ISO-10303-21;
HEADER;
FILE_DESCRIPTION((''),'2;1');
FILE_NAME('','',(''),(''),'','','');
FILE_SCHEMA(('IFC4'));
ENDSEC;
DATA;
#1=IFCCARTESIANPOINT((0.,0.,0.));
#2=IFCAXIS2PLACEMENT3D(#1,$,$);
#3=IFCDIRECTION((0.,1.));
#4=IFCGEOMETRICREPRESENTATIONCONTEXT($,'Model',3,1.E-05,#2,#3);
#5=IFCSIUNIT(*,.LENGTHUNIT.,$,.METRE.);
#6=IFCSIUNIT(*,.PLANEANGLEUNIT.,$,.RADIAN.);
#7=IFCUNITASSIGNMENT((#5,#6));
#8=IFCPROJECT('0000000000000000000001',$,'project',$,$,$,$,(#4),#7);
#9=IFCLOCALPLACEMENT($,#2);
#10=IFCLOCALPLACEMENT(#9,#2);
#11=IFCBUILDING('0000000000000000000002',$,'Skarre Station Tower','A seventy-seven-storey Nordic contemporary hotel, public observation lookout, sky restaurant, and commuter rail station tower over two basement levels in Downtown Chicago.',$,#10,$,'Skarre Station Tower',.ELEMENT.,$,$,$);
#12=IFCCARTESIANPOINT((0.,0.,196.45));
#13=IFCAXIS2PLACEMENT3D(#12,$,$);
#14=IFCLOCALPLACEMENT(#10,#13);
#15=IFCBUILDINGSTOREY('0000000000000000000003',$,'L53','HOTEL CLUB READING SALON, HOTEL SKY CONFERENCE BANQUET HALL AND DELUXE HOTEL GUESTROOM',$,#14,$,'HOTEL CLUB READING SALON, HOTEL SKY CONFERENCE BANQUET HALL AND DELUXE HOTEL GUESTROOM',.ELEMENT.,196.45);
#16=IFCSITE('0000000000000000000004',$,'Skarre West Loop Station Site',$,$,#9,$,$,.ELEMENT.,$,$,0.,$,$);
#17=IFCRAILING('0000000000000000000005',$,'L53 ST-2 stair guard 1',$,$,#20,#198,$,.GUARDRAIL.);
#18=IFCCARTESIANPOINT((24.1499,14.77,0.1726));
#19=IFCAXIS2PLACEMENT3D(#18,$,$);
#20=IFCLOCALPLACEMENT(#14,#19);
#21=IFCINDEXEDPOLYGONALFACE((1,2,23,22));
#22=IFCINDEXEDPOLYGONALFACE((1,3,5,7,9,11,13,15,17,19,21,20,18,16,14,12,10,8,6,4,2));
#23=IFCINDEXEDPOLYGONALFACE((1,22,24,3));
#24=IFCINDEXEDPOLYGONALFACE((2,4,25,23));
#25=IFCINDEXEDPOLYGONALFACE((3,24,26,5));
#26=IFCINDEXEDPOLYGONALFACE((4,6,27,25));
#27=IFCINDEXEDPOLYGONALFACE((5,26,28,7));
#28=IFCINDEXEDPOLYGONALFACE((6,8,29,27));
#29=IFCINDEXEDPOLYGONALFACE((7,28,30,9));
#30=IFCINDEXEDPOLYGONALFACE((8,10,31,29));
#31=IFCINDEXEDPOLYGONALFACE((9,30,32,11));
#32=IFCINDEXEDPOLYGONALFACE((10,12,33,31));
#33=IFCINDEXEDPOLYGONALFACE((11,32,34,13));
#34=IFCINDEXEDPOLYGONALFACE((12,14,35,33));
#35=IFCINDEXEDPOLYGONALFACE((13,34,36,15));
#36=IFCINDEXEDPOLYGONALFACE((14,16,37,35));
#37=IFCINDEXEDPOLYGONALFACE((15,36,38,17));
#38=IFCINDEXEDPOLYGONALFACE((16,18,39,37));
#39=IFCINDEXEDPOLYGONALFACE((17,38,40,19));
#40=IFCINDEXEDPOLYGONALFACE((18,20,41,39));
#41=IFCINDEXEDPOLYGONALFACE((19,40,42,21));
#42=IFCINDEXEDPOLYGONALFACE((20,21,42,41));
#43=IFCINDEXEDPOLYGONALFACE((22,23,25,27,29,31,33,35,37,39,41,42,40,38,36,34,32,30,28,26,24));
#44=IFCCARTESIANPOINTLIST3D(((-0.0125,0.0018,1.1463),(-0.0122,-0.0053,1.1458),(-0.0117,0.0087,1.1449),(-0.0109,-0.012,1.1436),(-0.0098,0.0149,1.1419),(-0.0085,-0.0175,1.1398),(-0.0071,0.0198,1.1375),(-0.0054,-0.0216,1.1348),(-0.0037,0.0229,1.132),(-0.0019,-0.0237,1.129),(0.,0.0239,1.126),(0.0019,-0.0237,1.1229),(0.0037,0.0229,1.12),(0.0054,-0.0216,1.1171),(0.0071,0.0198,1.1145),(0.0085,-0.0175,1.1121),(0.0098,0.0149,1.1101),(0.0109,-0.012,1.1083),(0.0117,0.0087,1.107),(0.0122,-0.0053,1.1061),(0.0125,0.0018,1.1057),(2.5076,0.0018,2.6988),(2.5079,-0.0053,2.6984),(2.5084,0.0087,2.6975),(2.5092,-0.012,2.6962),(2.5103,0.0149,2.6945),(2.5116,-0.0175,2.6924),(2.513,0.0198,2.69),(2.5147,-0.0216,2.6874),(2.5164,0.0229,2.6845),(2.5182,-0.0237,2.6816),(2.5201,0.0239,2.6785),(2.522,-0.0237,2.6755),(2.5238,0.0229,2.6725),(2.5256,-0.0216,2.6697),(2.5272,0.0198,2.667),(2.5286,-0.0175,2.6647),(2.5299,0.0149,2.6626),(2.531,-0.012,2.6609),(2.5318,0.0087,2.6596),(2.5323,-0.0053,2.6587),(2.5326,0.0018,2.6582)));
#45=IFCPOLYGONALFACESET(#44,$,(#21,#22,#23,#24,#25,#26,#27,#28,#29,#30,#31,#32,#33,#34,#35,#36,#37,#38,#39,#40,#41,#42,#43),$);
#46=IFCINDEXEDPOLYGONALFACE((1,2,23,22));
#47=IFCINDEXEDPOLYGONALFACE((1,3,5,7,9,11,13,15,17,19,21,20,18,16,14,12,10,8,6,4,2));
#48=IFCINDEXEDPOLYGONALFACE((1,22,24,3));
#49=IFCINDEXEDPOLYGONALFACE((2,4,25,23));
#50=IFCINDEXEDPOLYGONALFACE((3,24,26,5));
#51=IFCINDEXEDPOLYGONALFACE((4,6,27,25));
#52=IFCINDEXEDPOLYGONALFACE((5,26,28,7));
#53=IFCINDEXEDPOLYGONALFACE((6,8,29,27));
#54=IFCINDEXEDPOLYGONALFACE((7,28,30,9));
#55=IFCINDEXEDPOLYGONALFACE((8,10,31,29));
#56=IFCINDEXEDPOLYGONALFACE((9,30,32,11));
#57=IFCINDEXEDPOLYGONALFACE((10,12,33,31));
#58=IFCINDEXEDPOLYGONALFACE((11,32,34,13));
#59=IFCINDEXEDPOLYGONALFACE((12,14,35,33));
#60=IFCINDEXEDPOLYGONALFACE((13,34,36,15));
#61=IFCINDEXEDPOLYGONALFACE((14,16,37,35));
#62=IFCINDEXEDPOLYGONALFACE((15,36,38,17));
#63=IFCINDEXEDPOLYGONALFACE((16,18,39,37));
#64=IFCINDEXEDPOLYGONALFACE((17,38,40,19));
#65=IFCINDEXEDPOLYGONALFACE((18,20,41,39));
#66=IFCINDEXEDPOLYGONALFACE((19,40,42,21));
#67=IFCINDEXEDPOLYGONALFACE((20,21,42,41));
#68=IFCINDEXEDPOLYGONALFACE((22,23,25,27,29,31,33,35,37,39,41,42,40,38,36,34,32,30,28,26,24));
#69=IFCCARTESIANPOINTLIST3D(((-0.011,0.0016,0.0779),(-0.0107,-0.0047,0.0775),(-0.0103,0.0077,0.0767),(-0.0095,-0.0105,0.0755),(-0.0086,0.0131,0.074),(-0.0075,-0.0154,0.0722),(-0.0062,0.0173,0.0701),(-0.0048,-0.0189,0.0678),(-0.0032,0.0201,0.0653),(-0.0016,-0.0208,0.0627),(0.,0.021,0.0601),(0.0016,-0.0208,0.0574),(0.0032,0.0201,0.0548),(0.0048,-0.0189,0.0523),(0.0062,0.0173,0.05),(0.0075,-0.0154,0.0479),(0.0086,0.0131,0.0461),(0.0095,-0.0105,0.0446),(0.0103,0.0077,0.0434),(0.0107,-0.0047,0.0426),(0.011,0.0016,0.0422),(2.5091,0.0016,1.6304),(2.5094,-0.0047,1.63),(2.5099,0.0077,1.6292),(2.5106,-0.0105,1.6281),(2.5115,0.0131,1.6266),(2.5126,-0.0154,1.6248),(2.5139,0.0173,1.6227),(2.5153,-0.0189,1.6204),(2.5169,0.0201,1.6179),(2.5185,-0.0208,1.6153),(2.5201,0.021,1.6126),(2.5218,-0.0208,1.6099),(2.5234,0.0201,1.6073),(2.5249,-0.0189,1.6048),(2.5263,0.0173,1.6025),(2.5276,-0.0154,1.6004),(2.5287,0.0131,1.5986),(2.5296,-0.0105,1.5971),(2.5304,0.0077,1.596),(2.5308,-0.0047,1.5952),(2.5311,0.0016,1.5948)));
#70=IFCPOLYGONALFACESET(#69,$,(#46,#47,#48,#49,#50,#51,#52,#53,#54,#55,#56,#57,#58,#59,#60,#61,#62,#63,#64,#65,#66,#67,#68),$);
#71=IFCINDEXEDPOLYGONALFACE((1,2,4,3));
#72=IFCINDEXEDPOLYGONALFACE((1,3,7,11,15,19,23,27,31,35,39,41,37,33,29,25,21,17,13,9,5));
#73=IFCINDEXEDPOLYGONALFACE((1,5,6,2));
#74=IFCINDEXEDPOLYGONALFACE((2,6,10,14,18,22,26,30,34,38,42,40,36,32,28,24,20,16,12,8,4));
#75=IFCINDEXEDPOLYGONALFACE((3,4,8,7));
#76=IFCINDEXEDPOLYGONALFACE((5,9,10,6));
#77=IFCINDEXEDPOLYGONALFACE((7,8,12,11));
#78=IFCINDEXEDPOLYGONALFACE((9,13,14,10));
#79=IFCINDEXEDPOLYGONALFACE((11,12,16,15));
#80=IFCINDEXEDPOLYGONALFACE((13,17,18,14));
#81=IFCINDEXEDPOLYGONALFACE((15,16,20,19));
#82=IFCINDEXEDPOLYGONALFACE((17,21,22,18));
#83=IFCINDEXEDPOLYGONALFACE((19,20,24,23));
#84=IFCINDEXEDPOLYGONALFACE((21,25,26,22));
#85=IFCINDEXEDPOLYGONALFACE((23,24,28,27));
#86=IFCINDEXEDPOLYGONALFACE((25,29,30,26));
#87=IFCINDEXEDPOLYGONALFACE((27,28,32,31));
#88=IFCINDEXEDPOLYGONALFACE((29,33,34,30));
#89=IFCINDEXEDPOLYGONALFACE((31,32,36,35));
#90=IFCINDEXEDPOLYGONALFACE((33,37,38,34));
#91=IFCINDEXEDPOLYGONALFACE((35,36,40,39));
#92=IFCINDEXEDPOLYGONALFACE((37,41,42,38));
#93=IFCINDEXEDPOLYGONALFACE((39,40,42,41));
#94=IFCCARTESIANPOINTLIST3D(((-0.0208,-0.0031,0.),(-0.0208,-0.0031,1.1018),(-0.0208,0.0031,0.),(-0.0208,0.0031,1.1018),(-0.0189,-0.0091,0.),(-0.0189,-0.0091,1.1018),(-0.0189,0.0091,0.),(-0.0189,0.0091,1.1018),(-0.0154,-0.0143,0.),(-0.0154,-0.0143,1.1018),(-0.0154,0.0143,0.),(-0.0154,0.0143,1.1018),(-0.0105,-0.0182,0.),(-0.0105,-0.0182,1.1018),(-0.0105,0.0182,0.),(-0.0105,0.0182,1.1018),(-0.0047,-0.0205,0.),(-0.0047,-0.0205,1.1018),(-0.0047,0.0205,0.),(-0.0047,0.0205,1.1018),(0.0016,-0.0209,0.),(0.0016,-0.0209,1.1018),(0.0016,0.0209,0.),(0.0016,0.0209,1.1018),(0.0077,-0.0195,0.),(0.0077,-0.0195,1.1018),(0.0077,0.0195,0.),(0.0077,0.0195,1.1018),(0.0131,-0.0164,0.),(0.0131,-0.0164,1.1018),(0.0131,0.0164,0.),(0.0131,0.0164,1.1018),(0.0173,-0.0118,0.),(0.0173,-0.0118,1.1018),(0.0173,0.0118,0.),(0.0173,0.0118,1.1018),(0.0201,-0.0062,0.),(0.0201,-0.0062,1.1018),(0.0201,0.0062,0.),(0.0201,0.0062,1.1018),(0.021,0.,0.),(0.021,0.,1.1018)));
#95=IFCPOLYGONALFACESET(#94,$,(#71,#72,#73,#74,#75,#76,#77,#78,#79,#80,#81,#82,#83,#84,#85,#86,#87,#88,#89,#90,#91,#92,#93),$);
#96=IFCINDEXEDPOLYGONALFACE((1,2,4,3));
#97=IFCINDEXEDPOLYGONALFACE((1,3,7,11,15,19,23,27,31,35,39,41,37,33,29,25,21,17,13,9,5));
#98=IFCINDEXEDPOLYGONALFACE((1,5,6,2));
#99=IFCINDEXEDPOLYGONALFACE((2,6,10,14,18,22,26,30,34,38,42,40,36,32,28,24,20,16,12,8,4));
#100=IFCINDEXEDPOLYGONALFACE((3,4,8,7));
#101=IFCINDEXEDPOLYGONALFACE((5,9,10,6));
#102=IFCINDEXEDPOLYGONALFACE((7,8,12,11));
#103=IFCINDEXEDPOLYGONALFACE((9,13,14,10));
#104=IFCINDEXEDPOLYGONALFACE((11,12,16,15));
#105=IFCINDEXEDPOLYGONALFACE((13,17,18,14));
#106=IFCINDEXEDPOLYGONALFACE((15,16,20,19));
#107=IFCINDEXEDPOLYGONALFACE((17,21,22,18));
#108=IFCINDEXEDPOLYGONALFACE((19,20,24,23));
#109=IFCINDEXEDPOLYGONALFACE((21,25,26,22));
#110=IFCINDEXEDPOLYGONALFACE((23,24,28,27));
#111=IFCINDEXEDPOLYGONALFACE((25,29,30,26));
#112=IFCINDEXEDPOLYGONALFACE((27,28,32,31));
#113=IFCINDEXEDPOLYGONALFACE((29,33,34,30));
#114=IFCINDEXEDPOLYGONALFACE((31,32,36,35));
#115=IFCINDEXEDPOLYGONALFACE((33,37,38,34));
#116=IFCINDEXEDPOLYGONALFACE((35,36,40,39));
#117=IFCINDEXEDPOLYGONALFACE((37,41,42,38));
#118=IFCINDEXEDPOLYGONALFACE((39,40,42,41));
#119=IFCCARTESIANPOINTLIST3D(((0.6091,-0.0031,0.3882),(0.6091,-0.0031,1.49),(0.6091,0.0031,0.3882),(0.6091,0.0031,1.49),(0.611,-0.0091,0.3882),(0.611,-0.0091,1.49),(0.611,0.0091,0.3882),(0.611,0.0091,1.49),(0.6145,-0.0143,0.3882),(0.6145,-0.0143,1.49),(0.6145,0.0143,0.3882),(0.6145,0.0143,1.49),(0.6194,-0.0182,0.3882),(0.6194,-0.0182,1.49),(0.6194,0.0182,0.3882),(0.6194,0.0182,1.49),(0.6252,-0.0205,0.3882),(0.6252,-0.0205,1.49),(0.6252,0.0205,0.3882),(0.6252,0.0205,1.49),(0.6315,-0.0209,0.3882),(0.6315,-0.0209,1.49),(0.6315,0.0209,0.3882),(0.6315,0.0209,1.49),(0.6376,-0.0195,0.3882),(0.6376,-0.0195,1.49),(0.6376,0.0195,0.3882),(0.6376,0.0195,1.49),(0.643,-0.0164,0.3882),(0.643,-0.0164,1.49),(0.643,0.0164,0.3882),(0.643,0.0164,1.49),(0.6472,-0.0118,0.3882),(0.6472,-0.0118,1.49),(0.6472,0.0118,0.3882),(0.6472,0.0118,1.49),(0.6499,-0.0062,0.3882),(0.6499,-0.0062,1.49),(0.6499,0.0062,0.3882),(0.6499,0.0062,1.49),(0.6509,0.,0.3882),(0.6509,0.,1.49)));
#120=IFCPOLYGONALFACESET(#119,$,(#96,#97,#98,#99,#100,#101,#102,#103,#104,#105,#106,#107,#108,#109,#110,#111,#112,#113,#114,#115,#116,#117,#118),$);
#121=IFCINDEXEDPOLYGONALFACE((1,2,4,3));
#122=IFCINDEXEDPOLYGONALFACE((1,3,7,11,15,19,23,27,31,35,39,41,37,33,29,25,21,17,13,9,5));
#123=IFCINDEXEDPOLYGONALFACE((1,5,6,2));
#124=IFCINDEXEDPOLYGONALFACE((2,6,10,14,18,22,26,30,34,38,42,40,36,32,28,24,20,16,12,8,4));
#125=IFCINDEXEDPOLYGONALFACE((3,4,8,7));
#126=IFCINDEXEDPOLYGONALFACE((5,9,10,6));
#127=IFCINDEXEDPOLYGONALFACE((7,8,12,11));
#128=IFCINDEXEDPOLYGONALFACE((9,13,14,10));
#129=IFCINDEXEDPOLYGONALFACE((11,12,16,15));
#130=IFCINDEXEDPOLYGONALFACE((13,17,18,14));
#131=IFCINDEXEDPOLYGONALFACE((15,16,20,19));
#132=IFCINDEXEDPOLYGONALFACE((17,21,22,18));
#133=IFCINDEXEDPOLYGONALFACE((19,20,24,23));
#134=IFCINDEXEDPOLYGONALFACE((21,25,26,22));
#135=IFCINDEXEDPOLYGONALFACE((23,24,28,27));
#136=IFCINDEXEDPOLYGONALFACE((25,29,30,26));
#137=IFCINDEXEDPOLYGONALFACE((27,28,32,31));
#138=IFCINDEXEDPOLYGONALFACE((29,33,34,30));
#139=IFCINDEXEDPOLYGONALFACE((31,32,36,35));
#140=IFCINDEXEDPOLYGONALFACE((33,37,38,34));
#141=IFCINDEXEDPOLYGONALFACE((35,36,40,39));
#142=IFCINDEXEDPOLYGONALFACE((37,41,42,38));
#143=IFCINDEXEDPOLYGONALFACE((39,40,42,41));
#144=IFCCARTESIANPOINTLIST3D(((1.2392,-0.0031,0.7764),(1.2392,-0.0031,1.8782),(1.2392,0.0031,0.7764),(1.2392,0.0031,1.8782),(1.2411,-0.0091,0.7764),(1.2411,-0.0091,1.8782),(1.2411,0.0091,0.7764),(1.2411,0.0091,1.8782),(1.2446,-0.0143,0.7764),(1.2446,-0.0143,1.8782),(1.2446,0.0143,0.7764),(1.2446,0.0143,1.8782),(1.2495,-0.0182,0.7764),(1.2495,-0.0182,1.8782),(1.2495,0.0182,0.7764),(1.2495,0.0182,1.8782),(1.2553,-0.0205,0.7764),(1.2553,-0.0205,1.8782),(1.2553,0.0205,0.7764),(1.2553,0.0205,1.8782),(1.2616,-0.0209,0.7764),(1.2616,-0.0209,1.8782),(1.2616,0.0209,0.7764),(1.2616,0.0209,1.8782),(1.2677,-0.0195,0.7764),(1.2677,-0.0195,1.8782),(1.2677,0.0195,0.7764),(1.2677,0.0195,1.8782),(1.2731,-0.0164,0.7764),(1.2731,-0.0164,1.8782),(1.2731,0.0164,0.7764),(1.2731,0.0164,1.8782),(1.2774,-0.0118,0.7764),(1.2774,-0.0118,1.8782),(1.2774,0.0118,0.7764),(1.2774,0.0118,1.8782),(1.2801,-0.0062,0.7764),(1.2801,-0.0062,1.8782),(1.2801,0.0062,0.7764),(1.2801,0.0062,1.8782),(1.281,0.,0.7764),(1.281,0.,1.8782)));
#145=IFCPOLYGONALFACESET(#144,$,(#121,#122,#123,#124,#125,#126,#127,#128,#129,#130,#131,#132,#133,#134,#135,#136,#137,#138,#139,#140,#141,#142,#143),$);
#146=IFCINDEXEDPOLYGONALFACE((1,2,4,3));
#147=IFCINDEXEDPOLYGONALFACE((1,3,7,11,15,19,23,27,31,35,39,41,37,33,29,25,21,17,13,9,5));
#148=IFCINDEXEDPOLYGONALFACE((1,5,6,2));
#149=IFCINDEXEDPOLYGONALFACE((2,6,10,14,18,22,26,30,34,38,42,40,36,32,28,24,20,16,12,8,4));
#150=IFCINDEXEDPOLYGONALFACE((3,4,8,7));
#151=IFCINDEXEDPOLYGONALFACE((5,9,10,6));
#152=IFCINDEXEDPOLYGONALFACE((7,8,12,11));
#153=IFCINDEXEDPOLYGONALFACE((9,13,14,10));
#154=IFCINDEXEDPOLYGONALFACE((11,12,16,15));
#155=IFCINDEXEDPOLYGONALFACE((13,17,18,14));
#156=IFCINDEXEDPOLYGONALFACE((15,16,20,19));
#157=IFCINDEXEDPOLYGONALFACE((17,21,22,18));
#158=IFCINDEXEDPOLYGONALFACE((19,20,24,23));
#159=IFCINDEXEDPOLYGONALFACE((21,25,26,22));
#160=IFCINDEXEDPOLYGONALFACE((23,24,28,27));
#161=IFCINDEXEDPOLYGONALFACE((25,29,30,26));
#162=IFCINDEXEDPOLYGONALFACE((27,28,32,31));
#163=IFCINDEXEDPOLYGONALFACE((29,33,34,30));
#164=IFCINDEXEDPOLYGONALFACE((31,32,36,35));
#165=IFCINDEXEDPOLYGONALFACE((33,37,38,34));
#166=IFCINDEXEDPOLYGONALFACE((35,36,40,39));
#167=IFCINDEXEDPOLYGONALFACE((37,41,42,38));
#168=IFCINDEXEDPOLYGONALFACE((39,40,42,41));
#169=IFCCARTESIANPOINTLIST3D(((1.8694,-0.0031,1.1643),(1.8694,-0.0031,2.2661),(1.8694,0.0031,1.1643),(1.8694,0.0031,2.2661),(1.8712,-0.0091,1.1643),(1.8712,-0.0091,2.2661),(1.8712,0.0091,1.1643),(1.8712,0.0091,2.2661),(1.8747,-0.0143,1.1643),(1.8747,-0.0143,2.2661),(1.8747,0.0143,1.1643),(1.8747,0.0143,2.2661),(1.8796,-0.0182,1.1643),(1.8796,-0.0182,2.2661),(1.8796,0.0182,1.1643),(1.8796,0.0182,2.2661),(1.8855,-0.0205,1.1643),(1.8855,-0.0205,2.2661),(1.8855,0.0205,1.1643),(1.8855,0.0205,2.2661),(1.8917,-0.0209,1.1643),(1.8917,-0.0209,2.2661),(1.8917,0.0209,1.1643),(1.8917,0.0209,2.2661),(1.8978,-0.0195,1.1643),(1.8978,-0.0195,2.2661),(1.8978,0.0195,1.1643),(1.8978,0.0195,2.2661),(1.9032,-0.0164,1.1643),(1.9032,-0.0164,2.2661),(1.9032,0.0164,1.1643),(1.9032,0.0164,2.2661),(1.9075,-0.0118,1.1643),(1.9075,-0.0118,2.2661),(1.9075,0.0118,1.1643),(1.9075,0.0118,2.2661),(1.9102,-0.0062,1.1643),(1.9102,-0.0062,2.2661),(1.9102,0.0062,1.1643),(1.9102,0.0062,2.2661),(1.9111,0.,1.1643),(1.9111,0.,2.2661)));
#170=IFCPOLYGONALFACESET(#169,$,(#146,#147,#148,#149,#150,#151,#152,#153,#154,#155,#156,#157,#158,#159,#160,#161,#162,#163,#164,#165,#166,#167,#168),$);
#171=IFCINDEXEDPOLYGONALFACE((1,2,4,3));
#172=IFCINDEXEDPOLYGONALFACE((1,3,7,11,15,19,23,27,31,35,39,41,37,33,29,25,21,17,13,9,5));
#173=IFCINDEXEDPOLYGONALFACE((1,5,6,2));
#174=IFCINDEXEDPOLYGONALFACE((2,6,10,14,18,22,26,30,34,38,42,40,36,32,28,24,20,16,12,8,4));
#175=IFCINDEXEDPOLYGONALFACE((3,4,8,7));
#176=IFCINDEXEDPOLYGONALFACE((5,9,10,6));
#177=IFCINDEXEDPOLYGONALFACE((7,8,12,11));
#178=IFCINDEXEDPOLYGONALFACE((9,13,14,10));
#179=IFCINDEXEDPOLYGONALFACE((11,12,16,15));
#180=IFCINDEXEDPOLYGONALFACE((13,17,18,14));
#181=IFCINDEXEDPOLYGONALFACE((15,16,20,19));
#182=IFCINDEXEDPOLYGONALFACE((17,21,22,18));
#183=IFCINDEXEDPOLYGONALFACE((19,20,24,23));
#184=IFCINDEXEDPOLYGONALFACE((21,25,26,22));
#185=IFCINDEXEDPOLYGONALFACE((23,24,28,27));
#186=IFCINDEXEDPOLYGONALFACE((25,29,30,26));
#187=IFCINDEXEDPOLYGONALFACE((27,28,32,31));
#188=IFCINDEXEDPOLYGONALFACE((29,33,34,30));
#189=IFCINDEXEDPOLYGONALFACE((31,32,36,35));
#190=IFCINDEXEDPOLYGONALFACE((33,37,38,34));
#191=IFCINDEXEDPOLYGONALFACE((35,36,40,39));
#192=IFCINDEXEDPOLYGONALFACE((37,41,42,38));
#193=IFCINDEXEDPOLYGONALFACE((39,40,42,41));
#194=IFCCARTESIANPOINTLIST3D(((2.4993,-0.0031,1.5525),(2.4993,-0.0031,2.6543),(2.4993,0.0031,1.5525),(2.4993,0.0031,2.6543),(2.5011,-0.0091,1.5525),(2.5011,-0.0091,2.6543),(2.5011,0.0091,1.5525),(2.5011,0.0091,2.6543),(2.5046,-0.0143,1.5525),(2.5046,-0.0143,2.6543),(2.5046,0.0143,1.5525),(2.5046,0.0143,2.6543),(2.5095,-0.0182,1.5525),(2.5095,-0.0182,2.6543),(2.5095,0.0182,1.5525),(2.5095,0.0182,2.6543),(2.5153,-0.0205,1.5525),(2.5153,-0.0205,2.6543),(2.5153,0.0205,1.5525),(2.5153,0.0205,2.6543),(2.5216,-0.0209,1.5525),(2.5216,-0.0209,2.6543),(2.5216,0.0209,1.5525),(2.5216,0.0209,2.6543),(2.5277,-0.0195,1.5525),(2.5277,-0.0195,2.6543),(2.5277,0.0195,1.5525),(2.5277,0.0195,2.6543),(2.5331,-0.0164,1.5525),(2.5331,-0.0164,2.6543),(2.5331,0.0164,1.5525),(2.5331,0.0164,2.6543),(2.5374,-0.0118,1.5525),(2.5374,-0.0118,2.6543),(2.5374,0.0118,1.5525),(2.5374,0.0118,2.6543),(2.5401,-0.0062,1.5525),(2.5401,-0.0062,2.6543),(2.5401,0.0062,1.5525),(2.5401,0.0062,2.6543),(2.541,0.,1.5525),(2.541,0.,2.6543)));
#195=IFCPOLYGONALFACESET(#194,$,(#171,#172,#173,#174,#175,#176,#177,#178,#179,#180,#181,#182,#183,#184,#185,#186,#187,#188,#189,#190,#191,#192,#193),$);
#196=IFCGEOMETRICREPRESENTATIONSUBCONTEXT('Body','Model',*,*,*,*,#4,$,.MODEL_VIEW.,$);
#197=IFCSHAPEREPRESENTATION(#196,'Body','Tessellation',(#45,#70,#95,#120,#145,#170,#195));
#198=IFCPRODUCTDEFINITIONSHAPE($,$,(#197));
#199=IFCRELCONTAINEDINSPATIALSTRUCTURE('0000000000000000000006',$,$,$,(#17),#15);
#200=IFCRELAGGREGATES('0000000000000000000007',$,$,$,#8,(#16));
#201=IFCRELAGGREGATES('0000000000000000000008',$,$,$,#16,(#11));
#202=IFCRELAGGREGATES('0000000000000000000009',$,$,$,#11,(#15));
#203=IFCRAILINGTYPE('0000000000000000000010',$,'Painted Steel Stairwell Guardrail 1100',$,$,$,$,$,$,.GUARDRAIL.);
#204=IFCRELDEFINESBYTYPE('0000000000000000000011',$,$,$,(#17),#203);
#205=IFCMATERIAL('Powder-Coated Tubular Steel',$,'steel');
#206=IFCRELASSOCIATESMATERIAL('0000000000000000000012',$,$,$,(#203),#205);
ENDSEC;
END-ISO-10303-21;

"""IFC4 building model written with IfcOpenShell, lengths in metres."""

from ifc_helpers import new_model, si_unit, direction, frame, origin, origin_2d, place, context, subcontext, project, spatial, circle, extrude, material, type_object, element, save


model = new_model("IFC4")

# Units and contexts
model_context = context("Model", 3, precision=1e-05, world=origin(), true_north=direction((0.0, 1.0)))
body_context = subcontext(model_context, "Body", "Model", "MODEL_VIEW")
ifc_project = project(units=[si_unit("LENGTHUNIT", "METRE"), si_unit("PLANEANGLEUNIT", "RADIAN")], contexts=[model_context])

# Site, building, storey
site_placement = place(None, origin())
site = spatial("IfcSite", under=ifc_project, at=site_placement, Name="Skarre West Loop Station Site", CompositionType="ELEMENT", RefElevation=0.0)
building_placement = place(site_placement, origin())
building = spatial("IfcBuilding", under=site, at=building_placement, Name="Skarre Station Tower", Description="A seventy-seven-storey Nordic contemporary hotel, public observation lookout, sky restaurant, and commuter rail station tower over two basement levels in Downtown Chicago.", LongName="Skarre Station Tower", CompositionType="ELEMENT")
storey_placement = place(building_placement, frame((0.0, 0.0, 196.45)))
storey = spatial("IfcBuildingStorey", under=building, at=storey_placement, Name="L53", Description="HOTEL CLUB READING SALON, HOTEL SKY CONFERENCE BANQUET HALL AND DELUXE HOTEL GUESTROOM", LongName="HOTEL CLUB READING SALON, HOTEL SKY CONFERENCE BANQUET HALL AND DELUXE HOTEL GUESTROOM", CompositionType="ELEMENT", Elevation=196.45)

# Railing
ifc_material_1 = material(Name="Powder-Coated Tubular Steel", Category="steel")
railing_type_1 = type_object("IfcRailingType", Name="Painted Steel Stairwell Guardrail 1100", PredefinedType="GUARDRAIL", material=ifc_material_1)
railing_1_placement = place(storey_placement, frame((24.1499, 14.77, 0.1726)))
element("IfcRailing", 1, at=railing_1_placement, inside=storey, type_object=railing_type_1, Name="L53 ST-2 stair guard 1", PredefinedType="GUARDRAIL", context=body_context, shape_type="SweptSolid", body=[
    extrude(circle(Radius=0.0239, at=origin_2d()), frame((0.0, 0.0, 1.126), z_axis=(0.8514, 0.0, 0.524516), x_axis=(0.0, 1.0, 0.0)), (0.0, 0.0, 1.0), 2.96),
    extrude(circle(Radius=0.021, at=origin_2d()), frame((0.0, 0.0, 0.0601), z_axis=(0.8514, 0.0, 0.524516), x_axis=(0.0, 1.0, 0.0)), (0.0, 0.0, 1.0), 2.96),
    extrude(circle(Radius=0.021, at=origin_2d()), origin(), (0.0, 0.0, 1.0), 1.1018),
    extrude(circle(Radius=0.021, at=origin_2d()), frame((0.6299, 0.0, 0.3882)), (0.0, 0.0, 1.0), 1.1018),
    extrude(circle(Radius=0.021, at=origin_2d()), frame((1.26, 0.0, 0.7764)), (0.0, 0.0, 1.0), 1.1018),
    extrude(circle(Radius=0.021, at=origin_2d()), frame((1.8901, 0.0, 1.1643)), (0.0, 0.0, 1.0), 1.1018),
    extrude(circle(Radius=0.021, at=origin_2d()), frame((2.52, 0.0, 1.5525)), (0.0, 0.0, 1.0), 1.1018),
])

save(model, "model.ifc")
